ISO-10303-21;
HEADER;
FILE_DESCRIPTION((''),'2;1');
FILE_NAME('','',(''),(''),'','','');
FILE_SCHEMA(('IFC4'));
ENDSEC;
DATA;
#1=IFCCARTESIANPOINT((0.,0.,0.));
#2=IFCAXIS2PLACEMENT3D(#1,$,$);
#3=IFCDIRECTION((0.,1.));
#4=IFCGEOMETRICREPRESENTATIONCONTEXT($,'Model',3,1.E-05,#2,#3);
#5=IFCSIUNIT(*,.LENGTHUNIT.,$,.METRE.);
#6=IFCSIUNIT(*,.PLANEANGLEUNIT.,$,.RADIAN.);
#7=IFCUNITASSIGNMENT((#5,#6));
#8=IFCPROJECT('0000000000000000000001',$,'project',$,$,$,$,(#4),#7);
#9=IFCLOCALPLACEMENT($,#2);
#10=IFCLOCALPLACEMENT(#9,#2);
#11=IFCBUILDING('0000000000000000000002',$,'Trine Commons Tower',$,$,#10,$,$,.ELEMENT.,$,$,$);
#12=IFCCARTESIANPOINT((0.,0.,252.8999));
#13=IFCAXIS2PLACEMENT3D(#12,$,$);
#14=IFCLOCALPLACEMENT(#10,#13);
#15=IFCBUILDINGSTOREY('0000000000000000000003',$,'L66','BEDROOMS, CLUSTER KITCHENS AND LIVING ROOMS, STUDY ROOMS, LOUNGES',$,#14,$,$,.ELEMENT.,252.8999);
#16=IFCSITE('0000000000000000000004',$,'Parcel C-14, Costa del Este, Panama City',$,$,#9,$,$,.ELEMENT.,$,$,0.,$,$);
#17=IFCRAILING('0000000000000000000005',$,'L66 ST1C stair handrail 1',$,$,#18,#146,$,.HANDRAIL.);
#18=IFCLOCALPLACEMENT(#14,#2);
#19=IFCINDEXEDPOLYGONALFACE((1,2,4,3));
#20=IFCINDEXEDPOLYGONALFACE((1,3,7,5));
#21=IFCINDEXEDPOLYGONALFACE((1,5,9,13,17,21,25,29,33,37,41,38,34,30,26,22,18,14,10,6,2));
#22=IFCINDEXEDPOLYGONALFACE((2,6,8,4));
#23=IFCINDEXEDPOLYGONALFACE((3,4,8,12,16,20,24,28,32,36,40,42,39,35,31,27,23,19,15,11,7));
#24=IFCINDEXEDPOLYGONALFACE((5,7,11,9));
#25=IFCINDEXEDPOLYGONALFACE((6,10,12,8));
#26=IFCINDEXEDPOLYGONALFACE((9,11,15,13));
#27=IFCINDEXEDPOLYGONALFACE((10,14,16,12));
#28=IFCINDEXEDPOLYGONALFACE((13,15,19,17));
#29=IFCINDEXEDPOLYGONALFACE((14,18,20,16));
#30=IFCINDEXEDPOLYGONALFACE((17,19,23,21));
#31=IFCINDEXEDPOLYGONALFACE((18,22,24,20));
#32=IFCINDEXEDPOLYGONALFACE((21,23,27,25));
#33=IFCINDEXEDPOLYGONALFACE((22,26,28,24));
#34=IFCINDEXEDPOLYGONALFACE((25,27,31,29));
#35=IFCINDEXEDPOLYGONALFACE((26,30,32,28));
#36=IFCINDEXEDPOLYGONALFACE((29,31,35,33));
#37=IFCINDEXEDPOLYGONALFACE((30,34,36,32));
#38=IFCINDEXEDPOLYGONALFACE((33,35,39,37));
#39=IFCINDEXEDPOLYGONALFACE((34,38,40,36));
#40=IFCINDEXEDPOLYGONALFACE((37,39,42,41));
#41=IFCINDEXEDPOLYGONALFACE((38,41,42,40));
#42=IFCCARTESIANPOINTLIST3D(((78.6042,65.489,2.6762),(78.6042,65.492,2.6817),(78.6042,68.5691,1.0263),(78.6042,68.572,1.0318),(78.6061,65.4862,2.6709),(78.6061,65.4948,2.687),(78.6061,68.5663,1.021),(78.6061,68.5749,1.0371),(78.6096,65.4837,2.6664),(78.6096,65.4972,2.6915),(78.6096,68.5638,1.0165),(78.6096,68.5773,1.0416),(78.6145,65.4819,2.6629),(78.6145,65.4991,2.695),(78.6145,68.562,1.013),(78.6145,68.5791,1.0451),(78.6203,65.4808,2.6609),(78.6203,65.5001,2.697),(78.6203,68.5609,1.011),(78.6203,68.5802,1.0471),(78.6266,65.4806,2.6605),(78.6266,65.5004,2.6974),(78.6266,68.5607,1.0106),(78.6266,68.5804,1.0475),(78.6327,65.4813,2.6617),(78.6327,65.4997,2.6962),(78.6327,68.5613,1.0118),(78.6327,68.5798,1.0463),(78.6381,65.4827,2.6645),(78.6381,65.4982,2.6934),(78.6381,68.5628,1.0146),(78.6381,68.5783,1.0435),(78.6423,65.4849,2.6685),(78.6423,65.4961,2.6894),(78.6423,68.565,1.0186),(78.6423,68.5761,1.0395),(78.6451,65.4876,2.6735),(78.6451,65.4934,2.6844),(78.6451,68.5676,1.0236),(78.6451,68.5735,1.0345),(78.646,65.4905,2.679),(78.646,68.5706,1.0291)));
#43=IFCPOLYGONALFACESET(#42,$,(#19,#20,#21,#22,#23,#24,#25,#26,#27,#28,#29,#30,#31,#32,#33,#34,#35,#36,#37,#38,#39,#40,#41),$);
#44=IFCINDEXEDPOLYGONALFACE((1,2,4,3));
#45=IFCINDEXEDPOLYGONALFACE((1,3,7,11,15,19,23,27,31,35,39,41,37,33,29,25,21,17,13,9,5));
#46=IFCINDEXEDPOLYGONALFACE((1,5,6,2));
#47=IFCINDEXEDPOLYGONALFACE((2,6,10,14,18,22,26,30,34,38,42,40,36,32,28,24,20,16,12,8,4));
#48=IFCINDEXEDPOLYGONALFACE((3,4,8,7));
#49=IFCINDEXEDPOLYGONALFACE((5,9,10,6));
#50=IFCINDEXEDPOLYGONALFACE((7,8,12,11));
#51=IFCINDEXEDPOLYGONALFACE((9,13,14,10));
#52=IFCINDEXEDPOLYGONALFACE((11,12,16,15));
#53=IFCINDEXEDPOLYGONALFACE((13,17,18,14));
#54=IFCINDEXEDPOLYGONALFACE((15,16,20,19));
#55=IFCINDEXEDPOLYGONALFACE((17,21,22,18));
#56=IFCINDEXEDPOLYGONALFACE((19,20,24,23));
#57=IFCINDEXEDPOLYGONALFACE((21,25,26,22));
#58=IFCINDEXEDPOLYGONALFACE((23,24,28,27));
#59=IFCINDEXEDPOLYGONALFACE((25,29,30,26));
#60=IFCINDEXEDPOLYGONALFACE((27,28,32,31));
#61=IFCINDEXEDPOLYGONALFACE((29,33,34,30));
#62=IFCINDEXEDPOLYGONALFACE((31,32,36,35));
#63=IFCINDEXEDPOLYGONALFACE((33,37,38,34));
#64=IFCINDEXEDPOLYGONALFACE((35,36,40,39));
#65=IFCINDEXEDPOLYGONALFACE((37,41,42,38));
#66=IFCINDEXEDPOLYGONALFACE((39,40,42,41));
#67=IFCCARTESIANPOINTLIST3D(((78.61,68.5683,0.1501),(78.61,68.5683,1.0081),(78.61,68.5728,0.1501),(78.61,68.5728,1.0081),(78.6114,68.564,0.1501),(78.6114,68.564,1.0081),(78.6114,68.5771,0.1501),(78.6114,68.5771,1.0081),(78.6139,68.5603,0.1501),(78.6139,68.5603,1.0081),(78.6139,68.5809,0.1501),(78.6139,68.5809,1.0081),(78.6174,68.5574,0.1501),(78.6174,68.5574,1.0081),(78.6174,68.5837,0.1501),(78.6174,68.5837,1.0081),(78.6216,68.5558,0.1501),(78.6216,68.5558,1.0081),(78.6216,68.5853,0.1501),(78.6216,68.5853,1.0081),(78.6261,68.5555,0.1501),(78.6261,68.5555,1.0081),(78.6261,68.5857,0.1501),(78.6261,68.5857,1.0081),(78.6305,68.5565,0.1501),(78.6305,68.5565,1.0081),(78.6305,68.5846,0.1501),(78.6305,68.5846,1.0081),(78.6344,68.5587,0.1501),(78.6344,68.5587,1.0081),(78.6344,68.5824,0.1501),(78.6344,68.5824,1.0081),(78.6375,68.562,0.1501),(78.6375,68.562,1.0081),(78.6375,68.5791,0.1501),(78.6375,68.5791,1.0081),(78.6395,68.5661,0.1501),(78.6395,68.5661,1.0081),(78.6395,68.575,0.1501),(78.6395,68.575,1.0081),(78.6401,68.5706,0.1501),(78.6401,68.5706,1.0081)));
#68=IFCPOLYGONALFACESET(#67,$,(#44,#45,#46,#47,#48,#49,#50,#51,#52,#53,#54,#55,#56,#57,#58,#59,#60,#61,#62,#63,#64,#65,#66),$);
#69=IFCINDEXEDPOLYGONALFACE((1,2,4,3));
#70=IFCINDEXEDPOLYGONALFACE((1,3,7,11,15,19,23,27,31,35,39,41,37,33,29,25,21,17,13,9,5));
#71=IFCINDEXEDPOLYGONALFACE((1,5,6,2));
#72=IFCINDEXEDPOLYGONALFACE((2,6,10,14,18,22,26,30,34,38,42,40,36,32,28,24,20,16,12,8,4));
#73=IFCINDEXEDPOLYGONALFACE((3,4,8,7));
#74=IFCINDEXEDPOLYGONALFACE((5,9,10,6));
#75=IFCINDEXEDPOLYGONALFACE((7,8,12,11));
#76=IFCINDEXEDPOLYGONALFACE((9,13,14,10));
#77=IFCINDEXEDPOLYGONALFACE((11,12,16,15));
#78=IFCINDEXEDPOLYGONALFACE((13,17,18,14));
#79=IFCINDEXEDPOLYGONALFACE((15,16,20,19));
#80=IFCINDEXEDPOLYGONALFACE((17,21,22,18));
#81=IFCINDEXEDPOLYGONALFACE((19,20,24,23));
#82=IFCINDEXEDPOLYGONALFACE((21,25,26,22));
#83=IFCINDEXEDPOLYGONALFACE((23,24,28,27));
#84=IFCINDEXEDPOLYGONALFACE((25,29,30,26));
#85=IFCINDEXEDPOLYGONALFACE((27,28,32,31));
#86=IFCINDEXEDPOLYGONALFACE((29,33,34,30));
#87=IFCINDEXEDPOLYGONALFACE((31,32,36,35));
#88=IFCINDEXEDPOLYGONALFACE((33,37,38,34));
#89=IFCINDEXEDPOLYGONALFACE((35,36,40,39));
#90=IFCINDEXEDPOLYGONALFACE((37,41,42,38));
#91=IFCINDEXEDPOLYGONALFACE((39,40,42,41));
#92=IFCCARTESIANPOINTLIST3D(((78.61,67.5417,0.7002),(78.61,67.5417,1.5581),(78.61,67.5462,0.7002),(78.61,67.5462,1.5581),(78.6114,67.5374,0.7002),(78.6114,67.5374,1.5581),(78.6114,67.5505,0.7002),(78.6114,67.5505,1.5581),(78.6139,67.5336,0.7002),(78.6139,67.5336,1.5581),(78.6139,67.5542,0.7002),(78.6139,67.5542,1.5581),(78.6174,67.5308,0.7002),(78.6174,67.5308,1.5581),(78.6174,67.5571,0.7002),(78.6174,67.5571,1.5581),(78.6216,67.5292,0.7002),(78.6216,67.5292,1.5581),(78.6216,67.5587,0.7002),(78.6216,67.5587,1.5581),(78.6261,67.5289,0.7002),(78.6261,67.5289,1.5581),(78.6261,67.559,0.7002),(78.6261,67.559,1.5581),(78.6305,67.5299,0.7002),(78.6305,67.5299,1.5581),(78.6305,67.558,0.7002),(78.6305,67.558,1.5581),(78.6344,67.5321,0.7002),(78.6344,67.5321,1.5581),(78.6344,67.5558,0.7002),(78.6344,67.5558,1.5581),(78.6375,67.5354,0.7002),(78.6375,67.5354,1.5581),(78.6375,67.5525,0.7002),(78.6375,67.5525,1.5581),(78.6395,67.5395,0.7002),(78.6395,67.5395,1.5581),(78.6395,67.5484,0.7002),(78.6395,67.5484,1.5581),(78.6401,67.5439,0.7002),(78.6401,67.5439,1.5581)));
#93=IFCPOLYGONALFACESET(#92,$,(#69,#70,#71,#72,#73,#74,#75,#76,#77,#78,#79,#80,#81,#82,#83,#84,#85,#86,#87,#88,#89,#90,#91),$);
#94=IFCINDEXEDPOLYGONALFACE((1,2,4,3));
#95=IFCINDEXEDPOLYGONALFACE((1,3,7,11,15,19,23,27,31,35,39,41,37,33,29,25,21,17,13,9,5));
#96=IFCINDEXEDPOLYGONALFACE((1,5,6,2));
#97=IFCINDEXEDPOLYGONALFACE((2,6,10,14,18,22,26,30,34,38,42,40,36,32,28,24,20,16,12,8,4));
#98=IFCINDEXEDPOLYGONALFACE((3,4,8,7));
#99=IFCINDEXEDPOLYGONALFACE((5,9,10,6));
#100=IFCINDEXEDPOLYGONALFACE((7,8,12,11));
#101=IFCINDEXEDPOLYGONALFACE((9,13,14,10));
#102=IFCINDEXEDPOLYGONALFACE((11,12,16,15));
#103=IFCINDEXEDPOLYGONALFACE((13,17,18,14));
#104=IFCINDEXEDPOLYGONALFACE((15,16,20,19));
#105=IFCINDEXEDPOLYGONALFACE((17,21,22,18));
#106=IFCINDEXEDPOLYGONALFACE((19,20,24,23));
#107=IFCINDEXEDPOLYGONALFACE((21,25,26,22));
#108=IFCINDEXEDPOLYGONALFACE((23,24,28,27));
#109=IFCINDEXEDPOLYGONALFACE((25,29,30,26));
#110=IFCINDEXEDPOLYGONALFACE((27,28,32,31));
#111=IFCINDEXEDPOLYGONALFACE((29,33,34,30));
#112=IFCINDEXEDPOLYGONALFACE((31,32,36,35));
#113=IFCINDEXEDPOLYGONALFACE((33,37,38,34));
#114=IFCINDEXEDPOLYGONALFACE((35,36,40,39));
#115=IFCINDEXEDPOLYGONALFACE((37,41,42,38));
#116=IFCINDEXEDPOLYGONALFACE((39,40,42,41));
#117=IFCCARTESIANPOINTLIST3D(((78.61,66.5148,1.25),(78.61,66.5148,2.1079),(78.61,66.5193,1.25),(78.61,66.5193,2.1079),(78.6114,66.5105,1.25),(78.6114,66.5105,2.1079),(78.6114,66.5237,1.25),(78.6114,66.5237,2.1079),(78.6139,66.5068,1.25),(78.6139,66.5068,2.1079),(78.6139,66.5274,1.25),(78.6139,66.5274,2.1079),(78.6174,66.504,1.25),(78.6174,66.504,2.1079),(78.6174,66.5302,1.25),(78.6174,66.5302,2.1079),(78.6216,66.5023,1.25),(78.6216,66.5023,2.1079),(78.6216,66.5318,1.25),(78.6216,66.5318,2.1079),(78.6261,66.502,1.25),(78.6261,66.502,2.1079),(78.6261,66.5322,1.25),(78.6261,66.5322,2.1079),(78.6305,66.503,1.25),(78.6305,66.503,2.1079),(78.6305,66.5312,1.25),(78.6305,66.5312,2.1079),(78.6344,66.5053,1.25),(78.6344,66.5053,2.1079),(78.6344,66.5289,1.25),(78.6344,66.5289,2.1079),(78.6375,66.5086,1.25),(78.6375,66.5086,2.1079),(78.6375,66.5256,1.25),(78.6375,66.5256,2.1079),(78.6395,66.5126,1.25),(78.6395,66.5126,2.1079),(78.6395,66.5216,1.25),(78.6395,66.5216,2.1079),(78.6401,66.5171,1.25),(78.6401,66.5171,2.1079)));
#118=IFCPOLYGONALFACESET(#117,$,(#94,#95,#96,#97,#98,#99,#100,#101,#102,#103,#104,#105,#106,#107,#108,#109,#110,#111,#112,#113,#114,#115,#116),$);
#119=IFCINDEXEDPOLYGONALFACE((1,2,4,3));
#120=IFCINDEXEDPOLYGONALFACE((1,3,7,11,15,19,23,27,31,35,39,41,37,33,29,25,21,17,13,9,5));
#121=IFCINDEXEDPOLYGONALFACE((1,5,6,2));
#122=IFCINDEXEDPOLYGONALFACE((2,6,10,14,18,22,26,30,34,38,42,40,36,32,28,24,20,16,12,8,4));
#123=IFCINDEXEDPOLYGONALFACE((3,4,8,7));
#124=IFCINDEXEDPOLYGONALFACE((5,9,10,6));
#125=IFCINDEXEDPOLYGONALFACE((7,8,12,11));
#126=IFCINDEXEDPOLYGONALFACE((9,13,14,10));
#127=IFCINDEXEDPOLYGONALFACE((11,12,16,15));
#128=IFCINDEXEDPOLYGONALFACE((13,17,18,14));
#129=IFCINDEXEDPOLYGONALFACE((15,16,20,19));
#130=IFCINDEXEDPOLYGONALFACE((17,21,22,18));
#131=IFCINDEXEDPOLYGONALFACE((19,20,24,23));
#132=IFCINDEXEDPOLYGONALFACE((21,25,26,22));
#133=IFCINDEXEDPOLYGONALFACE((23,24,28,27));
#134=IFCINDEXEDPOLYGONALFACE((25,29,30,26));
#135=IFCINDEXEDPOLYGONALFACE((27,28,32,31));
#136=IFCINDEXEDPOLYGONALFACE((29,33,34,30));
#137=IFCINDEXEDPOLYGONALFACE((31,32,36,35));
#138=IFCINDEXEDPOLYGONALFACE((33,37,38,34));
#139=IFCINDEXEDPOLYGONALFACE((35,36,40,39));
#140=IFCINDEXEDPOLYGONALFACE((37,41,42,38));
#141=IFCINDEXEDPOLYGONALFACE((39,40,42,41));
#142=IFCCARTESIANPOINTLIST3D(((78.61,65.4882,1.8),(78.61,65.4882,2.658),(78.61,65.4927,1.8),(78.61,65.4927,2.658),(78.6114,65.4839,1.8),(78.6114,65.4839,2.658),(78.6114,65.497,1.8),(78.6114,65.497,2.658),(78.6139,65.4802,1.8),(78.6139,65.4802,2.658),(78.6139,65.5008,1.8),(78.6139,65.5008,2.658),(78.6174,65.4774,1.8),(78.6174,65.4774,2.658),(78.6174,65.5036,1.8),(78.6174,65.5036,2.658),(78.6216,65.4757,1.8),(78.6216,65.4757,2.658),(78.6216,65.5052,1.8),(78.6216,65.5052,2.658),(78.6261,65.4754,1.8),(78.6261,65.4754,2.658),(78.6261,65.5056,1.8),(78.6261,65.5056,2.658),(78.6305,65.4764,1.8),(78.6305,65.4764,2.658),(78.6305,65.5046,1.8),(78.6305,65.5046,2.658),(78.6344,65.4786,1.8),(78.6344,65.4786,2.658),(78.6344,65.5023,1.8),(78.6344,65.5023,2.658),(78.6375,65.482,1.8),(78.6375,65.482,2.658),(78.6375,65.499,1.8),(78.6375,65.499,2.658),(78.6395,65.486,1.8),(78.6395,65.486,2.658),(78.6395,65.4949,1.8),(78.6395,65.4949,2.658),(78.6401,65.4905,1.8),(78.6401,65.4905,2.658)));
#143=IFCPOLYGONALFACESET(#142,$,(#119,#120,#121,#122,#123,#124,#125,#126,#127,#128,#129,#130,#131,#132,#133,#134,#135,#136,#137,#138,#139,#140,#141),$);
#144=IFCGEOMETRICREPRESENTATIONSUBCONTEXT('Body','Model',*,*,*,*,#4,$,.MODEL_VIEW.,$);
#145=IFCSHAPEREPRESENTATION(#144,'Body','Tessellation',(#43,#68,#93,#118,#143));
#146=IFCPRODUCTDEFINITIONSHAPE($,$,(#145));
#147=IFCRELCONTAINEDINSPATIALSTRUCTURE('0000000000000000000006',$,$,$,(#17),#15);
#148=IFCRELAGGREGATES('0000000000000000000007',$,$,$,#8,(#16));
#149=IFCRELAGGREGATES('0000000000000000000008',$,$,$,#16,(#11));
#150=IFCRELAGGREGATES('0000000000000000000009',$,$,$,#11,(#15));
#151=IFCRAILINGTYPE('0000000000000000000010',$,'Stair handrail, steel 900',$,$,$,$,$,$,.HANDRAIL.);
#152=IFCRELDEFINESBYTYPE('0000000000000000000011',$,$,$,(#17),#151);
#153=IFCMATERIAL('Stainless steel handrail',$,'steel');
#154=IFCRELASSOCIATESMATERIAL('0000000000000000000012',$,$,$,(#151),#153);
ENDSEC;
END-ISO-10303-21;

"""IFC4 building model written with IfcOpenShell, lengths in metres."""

from ifc_helpers import new_model, si_unit, direction, frame, origin, origin_2d, place, context, subcontext, project, spatial, circle, extrude, material, type_object, element, save


model = new_model("IFC4")

# Units and contexts
model_context = context("Model", 3, precision=1e-05, world=origin(), true_north=direction((0.0, 1.0)))
body_context = subcontext(model_context, "Body", "Model", "MODEL_VIEW")
ifc_project = project(units=[si_unit("LENGTHUNIT", "METRE"), si_unit("PLANEANGLEUNIT", "RADIAN")], contexts=[model_context])

# Site, building, storey
site_placement = place(None, origin())
site = spatial("IfcSite", under=ifc_project, at=site_placement, Name="Parcel C-14, Costa del Este, Panama City", CompositionType="ELEMENT", RefElevation=0.0)
building_placement = place(site_placement, origin())
building = spatial("IfcBuilding", under=site, at=building_placement, Name="Trine Commons Tower", CompositionType="ELEMENT")
storey_placement = place(building_placement, frame((0.0, 0.0, 252.8999)))
storey = spatial("IfcBuildingStorey", under=building, at=storey_placement, Name="L66", Description="BEDROOMS, CLUSTER KITCHENS AND LIVING ROOMS, STUDY ROOMS, LOUNGES", CompositionType="ELEMENT", Elevation=252.8999)

# Railing
ifc_material_1 = material(Name="Stainless steel handrail", Category="steel")
railing_type_1 = type_object("IfcRailingType", Name="Stair handrail, steel 900", PredefinedType="HANDRAIL", material=ifc_material_1)
railing_1_placement = place(storey_placement, frame((78.625, 68.5706, 0.1501)))
element("IfcRailing", 1, at=railing_1_placement, inside=storey, type_object=railing_type_1, Name="L66 ST1C stair handrail 1", PredefinedType="HANDRAIL", context=body_context, shape_type="SweptSolid", body=[
    extrude(circle(Radius=0.021, at=origin_2d()), frame((0.0, 0.0, 0.8789), z_axis=(0.0, -0.881497, 0.47219), x_axis=(1.0, 0.0, 0.0)), (0.0, 0.0, 1.0), 3.4941),
    extrude(circle(Radius=0.0151, at=origin_2d()), origin(), (0.0, 0.0, 1.0), 0.8579),
    extrude(circle(Radius=0.0151, at=origin_2d()), frame((0.0, -1.0266, 0.55)), (0.0, 0.0, 1.0), 0.8579),
    extrude(circle(Radius=0.0151, at=origin_2d()), frame((0.0, -2.0535, 1.0999)), (0.0, 0.0, 1.0), 0.8579),
    extrude(circle(Radius=0.0151, at=origin_2d()), frame((0.0, -3.0801, 1.6499)), (0.0, 0.0, 1.0), 0.8579),
])

save(model, "model.ifc")
